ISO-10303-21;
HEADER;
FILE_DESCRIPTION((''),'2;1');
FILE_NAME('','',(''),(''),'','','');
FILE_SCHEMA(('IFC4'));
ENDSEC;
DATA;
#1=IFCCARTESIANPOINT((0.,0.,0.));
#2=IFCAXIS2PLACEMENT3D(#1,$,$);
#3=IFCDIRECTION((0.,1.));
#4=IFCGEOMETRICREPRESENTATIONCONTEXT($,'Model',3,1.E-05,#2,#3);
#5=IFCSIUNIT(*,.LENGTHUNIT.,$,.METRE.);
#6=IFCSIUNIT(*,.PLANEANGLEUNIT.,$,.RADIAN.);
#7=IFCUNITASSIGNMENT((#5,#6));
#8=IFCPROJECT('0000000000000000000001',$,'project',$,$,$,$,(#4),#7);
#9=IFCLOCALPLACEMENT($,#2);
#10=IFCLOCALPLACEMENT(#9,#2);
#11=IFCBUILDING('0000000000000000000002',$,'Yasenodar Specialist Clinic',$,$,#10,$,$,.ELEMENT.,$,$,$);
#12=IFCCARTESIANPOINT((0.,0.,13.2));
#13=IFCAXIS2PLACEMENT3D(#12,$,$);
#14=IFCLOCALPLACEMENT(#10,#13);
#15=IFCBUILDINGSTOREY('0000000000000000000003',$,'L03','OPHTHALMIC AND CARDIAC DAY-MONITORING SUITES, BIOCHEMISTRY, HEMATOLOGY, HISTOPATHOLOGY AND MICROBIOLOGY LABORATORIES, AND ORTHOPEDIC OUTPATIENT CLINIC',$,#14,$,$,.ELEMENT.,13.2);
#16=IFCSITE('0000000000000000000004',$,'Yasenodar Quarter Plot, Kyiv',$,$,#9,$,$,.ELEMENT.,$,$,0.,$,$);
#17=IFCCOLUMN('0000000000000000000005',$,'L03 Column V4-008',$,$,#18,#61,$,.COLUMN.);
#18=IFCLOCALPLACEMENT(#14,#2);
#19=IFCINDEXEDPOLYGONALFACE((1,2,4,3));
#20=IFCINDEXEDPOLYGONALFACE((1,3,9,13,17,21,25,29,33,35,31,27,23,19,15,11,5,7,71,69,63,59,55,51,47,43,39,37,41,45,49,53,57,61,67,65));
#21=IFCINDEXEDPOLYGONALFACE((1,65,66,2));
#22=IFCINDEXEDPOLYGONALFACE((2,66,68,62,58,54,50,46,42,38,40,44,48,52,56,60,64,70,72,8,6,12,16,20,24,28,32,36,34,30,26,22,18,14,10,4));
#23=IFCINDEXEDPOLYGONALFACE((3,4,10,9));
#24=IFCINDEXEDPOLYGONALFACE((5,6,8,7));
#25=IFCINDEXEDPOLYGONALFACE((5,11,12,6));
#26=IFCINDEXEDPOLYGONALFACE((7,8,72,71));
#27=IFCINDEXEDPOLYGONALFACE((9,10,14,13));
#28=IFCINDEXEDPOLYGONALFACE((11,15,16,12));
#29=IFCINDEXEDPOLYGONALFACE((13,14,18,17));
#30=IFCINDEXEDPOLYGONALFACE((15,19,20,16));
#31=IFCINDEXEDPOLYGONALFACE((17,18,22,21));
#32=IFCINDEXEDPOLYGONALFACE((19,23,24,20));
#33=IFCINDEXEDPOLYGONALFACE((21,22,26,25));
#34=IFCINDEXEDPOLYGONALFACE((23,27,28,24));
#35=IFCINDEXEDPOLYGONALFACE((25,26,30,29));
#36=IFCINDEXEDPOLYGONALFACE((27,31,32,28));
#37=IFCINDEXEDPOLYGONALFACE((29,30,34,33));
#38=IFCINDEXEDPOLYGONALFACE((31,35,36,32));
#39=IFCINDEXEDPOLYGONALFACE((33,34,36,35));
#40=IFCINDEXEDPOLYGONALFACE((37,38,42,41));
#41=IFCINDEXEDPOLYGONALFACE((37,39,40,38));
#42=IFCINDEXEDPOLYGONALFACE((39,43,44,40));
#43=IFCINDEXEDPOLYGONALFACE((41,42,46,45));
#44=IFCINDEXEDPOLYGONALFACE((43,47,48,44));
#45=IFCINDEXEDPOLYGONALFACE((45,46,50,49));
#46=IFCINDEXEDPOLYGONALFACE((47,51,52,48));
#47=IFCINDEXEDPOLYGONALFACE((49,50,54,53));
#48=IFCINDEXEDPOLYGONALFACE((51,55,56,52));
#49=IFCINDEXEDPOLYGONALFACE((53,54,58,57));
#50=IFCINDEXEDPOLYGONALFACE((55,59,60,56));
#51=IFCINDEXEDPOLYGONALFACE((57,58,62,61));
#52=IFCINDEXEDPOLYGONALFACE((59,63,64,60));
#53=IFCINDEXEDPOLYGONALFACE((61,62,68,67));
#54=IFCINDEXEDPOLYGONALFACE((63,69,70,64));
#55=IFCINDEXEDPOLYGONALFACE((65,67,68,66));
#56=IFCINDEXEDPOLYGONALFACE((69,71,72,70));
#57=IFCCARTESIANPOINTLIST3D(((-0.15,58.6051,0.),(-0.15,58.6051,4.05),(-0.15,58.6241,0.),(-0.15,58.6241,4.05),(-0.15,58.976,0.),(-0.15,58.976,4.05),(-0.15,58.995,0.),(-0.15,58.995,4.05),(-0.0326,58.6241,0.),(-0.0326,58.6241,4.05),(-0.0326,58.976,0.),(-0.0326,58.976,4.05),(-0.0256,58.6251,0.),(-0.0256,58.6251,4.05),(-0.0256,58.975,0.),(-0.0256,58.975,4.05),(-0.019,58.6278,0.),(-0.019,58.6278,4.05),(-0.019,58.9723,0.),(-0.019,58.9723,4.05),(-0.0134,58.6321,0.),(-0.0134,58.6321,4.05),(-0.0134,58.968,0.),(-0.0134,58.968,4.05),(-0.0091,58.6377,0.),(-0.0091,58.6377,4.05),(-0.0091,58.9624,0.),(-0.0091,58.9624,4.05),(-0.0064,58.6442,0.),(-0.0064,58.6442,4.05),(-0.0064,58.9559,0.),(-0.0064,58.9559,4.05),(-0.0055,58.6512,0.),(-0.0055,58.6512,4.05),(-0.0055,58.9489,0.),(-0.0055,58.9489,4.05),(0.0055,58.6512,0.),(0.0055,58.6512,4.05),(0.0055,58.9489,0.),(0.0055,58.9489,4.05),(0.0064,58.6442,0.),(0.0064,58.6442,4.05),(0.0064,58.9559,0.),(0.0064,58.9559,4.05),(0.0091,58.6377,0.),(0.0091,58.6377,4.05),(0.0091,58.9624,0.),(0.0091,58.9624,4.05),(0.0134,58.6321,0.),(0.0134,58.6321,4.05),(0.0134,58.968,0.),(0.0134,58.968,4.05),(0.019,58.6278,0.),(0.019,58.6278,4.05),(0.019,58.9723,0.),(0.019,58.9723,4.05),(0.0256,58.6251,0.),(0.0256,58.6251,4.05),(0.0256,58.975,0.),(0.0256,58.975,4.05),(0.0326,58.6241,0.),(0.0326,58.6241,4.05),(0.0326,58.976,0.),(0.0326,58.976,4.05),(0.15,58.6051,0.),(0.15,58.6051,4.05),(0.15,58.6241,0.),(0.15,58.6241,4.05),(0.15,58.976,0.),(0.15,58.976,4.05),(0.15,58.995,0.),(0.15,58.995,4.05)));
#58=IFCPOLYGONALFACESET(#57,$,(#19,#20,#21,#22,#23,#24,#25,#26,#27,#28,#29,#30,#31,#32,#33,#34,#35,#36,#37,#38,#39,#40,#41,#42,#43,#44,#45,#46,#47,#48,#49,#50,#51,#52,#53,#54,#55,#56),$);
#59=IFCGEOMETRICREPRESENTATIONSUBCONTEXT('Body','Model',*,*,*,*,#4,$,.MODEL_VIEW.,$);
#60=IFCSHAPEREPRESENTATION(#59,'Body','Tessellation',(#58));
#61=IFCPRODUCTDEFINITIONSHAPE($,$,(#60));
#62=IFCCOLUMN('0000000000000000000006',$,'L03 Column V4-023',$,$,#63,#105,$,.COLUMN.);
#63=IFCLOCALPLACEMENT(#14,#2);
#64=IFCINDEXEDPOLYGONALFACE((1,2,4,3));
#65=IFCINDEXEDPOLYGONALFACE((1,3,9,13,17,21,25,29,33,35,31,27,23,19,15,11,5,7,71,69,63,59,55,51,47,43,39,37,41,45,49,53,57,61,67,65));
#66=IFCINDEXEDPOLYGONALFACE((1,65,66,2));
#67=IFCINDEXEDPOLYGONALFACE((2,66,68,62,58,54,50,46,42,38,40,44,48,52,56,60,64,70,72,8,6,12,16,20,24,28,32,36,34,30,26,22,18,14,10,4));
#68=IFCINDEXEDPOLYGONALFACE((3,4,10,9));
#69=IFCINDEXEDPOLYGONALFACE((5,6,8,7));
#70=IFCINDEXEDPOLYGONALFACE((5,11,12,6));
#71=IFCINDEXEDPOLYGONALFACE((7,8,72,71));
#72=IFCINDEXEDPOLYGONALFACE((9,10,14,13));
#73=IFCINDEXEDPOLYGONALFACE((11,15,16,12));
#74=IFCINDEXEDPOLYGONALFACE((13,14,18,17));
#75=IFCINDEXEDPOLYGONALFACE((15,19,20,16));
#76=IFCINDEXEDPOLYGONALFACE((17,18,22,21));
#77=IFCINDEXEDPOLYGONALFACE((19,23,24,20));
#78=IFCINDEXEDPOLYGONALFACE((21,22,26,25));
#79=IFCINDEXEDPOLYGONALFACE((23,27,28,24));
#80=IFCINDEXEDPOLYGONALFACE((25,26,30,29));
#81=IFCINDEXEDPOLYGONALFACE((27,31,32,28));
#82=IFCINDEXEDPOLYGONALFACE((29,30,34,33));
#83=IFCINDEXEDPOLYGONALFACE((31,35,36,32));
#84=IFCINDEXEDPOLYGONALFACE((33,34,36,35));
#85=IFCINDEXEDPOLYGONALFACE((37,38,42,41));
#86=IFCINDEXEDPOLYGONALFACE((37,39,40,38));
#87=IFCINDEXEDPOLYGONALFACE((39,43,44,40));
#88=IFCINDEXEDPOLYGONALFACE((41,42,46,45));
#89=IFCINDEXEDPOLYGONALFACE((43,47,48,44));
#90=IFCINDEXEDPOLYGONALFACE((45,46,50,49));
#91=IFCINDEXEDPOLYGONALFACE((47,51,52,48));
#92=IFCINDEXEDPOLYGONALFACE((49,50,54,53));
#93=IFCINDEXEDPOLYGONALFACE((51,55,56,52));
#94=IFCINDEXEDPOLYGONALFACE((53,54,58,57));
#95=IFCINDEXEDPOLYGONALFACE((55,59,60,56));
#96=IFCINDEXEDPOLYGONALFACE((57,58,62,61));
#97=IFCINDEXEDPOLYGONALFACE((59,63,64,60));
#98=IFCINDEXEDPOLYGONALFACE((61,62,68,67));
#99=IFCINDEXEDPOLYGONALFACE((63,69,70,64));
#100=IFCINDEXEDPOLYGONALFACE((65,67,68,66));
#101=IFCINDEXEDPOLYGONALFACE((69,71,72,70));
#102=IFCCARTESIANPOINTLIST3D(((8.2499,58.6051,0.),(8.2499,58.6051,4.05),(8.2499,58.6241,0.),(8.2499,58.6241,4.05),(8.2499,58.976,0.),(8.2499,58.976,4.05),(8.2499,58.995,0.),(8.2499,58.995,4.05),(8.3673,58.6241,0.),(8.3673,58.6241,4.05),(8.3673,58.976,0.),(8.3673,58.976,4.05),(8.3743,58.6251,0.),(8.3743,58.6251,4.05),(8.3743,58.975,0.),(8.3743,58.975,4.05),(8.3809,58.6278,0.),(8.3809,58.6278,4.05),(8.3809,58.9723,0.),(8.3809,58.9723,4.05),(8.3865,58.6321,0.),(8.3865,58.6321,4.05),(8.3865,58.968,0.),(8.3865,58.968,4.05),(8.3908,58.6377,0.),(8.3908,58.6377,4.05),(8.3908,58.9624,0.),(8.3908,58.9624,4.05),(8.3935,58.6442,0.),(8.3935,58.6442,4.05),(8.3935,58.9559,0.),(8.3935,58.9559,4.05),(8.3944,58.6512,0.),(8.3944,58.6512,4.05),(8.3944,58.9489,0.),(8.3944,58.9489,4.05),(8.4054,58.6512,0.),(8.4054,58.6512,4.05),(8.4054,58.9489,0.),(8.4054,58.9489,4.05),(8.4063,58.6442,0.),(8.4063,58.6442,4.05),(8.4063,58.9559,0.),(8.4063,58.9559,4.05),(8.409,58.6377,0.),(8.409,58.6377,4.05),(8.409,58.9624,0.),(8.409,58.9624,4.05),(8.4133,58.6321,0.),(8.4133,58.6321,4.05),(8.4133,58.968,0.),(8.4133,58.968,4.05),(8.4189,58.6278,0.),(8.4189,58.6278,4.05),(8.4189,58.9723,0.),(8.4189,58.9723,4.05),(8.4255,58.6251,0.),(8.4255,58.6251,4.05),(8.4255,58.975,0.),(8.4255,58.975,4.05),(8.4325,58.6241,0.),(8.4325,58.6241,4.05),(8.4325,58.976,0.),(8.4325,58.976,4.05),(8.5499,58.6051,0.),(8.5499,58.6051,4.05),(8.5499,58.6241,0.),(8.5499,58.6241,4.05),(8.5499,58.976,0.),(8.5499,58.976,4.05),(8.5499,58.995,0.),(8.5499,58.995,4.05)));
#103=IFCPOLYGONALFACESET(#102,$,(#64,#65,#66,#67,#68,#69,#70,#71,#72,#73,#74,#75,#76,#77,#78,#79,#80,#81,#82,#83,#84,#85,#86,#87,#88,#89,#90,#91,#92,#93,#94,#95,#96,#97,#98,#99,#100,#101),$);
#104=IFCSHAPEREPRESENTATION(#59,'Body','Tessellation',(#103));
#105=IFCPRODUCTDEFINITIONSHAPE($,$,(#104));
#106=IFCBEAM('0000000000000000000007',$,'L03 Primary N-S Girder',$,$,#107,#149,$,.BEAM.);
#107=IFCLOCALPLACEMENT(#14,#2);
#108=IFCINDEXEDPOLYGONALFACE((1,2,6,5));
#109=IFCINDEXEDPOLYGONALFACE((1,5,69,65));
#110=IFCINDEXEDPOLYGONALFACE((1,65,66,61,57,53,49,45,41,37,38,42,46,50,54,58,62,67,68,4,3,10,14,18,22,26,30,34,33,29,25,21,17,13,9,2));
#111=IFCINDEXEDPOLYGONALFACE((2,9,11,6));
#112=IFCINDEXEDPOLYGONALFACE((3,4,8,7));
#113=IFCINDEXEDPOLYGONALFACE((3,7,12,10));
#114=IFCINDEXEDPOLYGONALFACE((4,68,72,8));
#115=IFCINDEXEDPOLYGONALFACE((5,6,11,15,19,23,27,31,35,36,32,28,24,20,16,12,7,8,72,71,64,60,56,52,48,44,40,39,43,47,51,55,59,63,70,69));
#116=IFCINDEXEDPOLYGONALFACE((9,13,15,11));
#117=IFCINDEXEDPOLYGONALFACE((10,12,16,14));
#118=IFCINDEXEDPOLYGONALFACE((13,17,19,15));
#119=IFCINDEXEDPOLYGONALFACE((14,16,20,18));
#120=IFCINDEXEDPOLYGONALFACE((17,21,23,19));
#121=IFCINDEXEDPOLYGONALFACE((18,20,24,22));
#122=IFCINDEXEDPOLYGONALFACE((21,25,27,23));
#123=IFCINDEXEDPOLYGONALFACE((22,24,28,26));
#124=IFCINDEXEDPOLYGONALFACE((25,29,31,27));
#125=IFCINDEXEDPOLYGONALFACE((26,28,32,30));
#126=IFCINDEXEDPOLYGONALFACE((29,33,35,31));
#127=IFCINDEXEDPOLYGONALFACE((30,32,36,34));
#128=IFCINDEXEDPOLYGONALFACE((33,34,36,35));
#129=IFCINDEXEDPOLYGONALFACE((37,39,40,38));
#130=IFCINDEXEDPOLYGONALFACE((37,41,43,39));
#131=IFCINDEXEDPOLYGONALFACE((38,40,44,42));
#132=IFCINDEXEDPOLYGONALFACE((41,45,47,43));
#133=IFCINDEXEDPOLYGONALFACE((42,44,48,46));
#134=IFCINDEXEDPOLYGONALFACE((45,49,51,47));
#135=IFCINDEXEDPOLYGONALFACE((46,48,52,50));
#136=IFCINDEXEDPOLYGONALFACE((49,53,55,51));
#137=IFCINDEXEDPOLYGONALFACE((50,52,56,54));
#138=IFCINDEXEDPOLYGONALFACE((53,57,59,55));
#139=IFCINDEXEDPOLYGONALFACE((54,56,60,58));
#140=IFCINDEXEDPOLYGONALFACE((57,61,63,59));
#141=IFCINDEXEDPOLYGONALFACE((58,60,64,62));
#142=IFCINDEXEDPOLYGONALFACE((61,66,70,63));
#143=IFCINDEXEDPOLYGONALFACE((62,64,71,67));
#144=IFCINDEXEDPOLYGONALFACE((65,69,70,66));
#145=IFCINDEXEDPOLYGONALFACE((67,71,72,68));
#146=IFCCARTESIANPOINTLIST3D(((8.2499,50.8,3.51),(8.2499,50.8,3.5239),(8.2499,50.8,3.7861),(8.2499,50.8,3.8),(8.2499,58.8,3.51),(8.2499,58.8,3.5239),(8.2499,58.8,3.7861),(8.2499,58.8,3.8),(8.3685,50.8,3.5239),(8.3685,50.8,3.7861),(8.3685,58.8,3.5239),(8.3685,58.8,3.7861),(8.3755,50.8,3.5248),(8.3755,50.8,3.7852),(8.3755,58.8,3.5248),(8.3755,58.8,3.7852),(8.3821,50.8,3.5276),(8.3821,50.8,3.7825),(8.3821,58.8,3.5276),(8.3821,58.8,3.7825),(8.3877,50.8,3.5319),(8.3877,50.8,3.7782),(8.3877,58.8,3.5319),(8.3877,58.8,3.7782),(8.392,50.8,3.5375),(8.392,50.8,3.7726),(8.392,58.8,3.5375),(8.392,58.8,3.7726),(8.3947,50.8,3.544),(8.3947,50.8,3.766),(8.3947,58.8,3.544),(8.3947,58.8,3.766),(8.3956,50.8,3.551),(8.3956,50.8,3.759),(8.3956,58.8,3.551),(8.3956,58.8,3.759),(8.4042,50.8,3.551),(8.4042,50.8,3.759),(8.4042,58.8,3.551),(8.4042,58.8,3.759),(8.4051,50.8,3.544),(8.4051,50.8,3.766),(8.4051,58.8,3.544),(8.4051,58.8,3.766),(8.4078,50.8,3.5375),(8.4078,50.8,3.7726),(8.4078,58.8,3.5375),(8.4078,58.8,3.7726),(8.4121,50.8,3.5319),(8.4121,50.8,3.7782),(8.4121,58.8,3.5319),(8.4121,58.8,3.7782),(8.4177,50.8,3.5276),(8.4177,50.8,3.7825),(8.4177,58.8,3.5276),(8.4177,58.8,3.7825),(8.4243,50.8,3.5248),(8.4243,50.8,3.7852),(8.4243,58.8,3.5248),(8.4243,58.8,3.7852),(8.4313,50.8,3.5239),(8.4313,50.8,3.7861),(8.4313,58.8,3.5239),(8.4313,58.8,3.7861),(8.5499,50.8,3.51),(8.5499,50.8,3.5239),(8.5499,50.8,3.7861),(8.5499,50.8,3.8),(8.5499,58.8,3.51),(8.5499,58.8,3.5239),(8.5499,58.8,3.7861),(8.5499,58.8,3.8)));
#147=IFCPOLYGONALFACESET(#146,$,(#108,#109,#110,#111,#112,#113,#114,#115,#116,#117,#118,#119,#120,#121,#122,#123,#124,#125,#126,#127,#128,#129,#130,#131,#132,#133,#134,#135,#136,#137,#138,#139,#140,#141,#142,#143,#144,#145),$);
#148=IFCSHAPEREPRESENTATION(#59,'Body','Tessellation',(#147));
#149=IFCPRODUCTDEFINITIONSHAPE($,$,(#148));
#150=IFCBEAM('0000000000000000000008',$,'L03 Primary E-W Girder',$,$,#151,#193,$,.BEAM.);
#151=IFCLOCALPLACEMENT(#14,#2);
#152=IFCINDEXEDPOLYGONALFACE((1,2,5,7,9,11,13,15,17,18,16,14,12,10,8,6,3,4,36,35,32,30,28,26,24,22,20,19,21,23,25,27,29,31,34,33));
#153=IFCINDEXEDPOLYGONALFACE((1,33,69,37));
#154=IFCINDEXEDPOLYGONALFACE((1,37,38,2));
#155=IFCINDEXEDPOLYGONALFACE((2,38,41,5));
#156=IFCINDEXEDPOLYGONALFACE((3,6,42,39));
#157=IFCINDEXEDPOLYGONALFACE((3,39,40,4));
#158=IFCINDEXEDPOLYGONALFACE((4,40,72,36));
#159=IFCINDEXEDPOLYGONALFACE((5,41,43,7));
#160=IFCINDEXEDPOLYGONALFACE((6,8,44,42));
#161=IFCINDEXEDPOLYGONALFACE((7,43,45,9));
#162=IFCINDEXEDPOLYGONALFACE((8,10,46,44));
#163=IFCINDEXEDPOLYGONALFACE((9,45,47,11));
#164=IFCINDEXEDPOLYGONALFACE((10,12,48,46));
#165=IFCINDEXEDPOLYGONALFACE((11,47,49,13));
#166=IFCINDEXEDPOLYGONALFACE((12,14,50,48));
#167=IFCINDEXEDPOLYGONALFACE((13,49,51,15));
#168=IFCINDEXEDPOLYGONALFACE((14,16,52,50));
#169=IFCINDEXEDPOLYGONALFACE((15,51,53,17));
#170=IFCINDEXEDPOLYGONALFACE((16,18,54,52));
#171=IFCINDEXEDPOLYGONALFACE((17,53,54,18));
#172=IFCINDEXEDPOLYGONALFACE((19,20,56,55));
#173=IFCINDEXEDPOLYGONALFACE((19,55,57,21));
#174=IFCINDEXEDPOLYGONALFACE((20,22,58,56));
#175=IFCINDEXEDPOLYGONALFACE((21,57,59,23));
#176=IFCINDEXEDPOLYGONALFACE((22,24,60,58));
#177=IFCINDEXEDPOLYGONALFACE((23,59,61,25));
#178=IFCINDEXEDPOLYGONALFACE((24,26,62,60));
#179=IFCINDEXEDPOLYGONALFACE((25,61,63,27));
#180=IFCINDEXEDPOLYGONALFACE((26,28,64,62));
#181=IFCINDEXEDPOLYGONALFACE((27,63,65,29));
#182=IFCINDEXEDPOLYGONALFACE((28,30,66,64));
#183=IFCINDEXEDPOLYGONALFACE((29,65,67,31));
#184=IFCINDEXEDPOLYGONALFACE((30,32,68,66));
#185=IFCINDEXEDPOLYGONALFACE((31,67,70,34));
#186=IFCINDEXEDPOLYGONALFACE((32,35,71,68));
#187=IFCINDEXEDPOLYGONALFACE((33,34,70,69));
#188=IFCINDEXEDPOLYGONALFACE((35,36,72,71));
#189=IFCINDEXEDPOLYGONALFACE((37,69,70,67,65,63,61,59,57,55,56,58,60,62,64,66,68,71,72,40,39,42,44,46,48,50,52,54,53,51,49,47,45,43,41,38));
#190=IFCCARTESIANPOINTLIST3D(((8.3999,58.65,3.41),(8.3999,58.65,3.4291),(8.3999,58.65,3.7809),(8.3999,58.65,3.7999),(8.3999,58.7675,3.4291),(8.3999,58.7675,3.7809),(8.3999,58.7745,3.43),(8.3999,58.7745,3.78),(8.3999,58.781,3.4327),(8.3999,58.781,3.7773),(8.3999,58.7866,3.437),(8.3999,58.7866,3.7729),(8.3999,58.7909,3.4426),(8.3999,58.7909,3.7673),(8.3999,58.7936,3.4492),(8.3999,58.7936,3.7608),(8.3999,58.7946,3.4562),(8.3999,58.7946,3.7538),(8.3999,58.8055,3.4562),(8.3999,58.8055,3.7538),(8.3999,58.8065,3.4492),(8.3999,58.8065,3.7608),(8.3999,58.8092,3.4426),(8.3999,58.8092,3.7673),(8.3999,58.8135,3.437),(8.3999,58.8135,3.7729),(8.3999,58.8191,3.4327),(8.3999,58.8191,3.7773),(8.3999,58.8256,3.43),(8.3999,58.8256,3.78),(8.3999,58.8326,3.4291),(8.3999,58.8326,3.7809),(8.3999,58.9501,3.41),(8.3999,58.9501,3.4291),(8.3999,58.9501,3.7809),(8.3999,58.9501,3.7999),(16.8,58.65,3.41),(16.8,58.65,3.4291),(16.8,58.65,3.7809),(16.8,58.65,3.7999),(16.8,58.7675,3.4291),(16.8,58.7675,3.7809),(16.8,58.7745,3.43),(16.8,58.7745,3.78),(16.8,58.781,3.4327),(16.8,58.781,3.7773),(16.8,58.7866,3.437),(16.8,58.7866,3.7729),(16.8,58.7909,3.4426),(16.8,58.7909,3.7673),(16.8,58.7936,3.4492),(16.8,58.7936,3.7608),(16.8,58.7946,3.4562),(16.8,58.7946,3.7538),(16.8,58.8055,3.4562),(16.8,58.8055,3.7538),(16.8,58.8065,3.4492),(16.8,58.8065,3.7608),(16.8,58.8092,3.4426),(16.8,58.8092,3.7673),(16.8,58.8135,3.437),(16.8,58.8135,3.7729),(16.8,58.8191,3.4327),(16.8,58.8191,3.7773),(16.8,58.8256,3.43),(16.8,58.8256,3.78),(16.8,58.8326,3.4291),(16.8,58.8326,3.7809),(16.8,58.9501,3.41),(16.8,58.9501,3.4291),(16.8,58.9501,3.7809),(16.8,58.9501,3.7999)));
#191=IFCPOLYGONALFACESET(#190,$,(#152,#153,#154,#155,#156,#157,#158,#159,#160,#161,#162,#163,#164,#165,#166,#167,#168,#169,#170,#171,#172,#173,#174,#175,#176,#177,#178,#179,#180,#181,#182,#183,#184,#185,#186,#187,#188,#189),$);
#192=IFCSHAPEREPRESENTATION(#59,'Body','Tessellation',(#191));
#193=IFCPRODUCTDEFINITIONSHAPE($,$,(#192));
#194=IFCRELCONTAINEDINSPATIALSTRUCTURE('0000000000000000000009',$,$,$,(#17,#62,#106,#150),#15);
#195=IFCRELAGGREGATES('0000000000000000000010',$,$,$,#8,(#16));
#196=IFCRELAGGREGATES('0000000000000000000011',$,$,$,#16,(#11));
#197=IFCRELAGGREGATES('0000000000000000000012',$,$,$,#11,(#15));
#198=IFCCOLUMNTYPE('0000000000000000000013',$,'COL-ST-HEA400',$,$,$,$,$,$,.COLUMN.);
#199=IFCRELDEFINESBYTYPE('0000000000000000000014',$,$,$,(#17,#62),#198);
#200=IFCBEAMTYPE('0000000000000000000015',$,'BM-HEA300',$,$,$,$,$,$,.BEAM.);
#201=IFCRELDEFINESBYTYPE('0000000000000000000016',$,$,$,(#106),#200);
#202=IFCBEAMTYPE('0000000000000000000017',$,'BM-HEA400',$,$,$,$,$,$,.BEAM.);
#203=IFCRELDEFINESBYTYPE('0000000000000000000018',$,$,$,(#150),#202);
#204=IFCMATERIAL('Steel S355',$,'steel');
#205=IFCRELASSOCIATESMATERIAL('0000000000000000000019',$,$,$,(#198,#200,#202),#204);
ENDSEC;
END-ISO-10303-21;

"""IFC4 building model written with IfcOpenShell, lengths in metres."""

from ifc_helpers import new_model, si_unit, direction, frame, origin, origin_2d, place, context, subcontext, project, spatial, i_section, extrude, material, material_profile, profile_set, type_object, element, save


model = new_model("IFC4")

# Units and contexts
model_context = context("Model", 3, precision=1e-05, world=origin(), true_north=direction((0.0, 1.0)))
body_context = subcontext(model_context, "Body", "Model", "MODEL_VIEW")
ifc_project = project(units=[si_unit("LENGTHUNIT", "METRE"), si_unit("PLANEANGLEUNIT", "RADIAN")], contexts=[model_context])

# Site, building, storey
site_placement = place(None, origin())
site = spatial("IfcSite", under=ifc_project, at=site_placement, Name="Yasenodar Quarter Plot, Kyiv", CompositionType="ELEMENT", RefElevation=0.0)
building_placement = place(site_placement, origin())
building = spatial("IfcBuilding", under=site, at=building_placement, Name="Yasenodar Specialist Clinic", CompositionType="ELEMENT")
storey_placement = place(building_placement, frame((0.0, 0.0, 13.2)))
storey = spatial("IfcBuildingStorey", under=building, at=storey_placement, Name="L03", Description="OPHTHALMIC AND CARDIAC DAY-MONITORING SUITES, BIOCHEMISTRY, HEMATOLOGY, HISTOPATHOLOGY AND MICROBIOLOGY LABORATORIES, AND ORTHOPEDIC OUTPATIENT CLINIC", CompositionType="ELEMENT", Elevation=13.2)

# Columns
ifc_material_1 = material(Name="Steel S355", Category="steel")
ifc_material_profile_1 = material_profile(ifc_material_1, i_section(OverallWidth=0.3, OverallDepth=0.3899, WebThickness=0.011, FlangeThickness=0.019, FilletRadius=0.0271, at=origin_2d()), Name="HEA 400")
ifc_profile_set_1 = profile_set([ifc_material_profile_1], Name="Steel S355")
column_type = type_object("IfcColumnType", Name="COL-ST-HEA400", PredefinedType="COLUMN", material=ifc_profile_set_1)
for number, where, z_axis, x_axis, name in (
    (1, (0.0, 58.8, 0.0), (0.0, 0.0, 1.0), (1.0, 0.0, 0.0), "L03 Column V4-008"),
    (2, (8.3999, 58.8, 0.0), (0.0, 0.0, 1.0), (1.0, 0.0, 0.0), "L03 Column V4-023"),
):
    element("IfcColumn", number, at=place(storey_placement, frame(where, z_axis=z_axis, x_axis=x_axis)), inside=storey, type_object=column_type, Name=name, PredefinedType="COLUMN", context=body_context, shape_type="SweptSolid", body=[
        extrude(i_section(OverallWidth=0.3, OverallDepth=0.3899, WebThickness=0.011, FlangeThickness=0.019, FilletRadius=0.0271, at=origin_2d()), origin(), (0.0, 0.0, 1.0), 4.05),
    ])

# Beams
ifc_material_profile_2 = material_profile(ifc_material_1, i_section(OverallWidth=0.3, OverallDepth=0.29, WebThickness=0.0085, FlangeThickness=0.0139, FilletRadius=0.0271, at=origin_2d()), Name="HEA 300")
ifc_profile_set_2 = profile_set([ifc_material_profile_2], Name="Steel S355")
beam_type_1 = type_object("IfcBeamType", Name="BM-HEA300", PredefinedType="BEAM", material=ifc_profile_set_2)
beam_1_placement = place(storey_placement, frame((8.3999, 50.8, 3.655), z_axis=(0.0, 1.0, 0.0), x_axis=(-1.0, 0.0, 0.0)))
element("IfcBeam", 3, at=beam_1_placement, inside=storey, type_object=beam_type_1, Name="L03 Primary N-S Girder", PredefinedType="BEAM", context=body_context, shape_type="SweptSolid", body=[
    extrude(i_section(OverallWidth=0.3, OverallDepth=0.29, WebThickness=0.0085, FlangeThickness=0.0139, FilletRadius=0.0271, at=origin_2d()), origin(), (0.0, 0.0, 1.0), 8.0),
])
ifc_material_profile_3 = material_profile(ifc_material_1, i_section(OverallWidth=0.3, OverallDepth=0.3899, WebThickness=0.011, FlangeThickness=0.019, FilletRadius=0.0271, at=origin_2d()), Name="HEA 400")
ifc_profile_set_3 = profile_set([ifc_material_profile_3], Name="Steel S355")
beam_type_2 = type_object("IfcBeamType", Name="BM-HEA400", PredefinedType="BEAM", material=ifc_profile_set_3)
beam_2_placement = place(storey_placement, frame((8.3999, 58.8, 3.605), z_axis=(1.0, 0.0, 0.0), x_axis=(0.0, 1.0, 0.0)))
element("IfcBeam", 4, at=beam_2_placement, inside=storey, type_object=beam_type_2, Name="L03 Primary E-W Girder", PredefinedType="BEAM", context=body_context, shape_type="SweptSolid", body=[
    extrude(i_section(OverallWidth=0.3, OverallDepth=0.3899, WebThickness=0.011, FlangeThickness=0.019, FilletRadius=0.0271, at=origin_2d()), origin(), (0.0, 0.0, 1.0), 8.4001),
])

save(model, "model.ifc")
